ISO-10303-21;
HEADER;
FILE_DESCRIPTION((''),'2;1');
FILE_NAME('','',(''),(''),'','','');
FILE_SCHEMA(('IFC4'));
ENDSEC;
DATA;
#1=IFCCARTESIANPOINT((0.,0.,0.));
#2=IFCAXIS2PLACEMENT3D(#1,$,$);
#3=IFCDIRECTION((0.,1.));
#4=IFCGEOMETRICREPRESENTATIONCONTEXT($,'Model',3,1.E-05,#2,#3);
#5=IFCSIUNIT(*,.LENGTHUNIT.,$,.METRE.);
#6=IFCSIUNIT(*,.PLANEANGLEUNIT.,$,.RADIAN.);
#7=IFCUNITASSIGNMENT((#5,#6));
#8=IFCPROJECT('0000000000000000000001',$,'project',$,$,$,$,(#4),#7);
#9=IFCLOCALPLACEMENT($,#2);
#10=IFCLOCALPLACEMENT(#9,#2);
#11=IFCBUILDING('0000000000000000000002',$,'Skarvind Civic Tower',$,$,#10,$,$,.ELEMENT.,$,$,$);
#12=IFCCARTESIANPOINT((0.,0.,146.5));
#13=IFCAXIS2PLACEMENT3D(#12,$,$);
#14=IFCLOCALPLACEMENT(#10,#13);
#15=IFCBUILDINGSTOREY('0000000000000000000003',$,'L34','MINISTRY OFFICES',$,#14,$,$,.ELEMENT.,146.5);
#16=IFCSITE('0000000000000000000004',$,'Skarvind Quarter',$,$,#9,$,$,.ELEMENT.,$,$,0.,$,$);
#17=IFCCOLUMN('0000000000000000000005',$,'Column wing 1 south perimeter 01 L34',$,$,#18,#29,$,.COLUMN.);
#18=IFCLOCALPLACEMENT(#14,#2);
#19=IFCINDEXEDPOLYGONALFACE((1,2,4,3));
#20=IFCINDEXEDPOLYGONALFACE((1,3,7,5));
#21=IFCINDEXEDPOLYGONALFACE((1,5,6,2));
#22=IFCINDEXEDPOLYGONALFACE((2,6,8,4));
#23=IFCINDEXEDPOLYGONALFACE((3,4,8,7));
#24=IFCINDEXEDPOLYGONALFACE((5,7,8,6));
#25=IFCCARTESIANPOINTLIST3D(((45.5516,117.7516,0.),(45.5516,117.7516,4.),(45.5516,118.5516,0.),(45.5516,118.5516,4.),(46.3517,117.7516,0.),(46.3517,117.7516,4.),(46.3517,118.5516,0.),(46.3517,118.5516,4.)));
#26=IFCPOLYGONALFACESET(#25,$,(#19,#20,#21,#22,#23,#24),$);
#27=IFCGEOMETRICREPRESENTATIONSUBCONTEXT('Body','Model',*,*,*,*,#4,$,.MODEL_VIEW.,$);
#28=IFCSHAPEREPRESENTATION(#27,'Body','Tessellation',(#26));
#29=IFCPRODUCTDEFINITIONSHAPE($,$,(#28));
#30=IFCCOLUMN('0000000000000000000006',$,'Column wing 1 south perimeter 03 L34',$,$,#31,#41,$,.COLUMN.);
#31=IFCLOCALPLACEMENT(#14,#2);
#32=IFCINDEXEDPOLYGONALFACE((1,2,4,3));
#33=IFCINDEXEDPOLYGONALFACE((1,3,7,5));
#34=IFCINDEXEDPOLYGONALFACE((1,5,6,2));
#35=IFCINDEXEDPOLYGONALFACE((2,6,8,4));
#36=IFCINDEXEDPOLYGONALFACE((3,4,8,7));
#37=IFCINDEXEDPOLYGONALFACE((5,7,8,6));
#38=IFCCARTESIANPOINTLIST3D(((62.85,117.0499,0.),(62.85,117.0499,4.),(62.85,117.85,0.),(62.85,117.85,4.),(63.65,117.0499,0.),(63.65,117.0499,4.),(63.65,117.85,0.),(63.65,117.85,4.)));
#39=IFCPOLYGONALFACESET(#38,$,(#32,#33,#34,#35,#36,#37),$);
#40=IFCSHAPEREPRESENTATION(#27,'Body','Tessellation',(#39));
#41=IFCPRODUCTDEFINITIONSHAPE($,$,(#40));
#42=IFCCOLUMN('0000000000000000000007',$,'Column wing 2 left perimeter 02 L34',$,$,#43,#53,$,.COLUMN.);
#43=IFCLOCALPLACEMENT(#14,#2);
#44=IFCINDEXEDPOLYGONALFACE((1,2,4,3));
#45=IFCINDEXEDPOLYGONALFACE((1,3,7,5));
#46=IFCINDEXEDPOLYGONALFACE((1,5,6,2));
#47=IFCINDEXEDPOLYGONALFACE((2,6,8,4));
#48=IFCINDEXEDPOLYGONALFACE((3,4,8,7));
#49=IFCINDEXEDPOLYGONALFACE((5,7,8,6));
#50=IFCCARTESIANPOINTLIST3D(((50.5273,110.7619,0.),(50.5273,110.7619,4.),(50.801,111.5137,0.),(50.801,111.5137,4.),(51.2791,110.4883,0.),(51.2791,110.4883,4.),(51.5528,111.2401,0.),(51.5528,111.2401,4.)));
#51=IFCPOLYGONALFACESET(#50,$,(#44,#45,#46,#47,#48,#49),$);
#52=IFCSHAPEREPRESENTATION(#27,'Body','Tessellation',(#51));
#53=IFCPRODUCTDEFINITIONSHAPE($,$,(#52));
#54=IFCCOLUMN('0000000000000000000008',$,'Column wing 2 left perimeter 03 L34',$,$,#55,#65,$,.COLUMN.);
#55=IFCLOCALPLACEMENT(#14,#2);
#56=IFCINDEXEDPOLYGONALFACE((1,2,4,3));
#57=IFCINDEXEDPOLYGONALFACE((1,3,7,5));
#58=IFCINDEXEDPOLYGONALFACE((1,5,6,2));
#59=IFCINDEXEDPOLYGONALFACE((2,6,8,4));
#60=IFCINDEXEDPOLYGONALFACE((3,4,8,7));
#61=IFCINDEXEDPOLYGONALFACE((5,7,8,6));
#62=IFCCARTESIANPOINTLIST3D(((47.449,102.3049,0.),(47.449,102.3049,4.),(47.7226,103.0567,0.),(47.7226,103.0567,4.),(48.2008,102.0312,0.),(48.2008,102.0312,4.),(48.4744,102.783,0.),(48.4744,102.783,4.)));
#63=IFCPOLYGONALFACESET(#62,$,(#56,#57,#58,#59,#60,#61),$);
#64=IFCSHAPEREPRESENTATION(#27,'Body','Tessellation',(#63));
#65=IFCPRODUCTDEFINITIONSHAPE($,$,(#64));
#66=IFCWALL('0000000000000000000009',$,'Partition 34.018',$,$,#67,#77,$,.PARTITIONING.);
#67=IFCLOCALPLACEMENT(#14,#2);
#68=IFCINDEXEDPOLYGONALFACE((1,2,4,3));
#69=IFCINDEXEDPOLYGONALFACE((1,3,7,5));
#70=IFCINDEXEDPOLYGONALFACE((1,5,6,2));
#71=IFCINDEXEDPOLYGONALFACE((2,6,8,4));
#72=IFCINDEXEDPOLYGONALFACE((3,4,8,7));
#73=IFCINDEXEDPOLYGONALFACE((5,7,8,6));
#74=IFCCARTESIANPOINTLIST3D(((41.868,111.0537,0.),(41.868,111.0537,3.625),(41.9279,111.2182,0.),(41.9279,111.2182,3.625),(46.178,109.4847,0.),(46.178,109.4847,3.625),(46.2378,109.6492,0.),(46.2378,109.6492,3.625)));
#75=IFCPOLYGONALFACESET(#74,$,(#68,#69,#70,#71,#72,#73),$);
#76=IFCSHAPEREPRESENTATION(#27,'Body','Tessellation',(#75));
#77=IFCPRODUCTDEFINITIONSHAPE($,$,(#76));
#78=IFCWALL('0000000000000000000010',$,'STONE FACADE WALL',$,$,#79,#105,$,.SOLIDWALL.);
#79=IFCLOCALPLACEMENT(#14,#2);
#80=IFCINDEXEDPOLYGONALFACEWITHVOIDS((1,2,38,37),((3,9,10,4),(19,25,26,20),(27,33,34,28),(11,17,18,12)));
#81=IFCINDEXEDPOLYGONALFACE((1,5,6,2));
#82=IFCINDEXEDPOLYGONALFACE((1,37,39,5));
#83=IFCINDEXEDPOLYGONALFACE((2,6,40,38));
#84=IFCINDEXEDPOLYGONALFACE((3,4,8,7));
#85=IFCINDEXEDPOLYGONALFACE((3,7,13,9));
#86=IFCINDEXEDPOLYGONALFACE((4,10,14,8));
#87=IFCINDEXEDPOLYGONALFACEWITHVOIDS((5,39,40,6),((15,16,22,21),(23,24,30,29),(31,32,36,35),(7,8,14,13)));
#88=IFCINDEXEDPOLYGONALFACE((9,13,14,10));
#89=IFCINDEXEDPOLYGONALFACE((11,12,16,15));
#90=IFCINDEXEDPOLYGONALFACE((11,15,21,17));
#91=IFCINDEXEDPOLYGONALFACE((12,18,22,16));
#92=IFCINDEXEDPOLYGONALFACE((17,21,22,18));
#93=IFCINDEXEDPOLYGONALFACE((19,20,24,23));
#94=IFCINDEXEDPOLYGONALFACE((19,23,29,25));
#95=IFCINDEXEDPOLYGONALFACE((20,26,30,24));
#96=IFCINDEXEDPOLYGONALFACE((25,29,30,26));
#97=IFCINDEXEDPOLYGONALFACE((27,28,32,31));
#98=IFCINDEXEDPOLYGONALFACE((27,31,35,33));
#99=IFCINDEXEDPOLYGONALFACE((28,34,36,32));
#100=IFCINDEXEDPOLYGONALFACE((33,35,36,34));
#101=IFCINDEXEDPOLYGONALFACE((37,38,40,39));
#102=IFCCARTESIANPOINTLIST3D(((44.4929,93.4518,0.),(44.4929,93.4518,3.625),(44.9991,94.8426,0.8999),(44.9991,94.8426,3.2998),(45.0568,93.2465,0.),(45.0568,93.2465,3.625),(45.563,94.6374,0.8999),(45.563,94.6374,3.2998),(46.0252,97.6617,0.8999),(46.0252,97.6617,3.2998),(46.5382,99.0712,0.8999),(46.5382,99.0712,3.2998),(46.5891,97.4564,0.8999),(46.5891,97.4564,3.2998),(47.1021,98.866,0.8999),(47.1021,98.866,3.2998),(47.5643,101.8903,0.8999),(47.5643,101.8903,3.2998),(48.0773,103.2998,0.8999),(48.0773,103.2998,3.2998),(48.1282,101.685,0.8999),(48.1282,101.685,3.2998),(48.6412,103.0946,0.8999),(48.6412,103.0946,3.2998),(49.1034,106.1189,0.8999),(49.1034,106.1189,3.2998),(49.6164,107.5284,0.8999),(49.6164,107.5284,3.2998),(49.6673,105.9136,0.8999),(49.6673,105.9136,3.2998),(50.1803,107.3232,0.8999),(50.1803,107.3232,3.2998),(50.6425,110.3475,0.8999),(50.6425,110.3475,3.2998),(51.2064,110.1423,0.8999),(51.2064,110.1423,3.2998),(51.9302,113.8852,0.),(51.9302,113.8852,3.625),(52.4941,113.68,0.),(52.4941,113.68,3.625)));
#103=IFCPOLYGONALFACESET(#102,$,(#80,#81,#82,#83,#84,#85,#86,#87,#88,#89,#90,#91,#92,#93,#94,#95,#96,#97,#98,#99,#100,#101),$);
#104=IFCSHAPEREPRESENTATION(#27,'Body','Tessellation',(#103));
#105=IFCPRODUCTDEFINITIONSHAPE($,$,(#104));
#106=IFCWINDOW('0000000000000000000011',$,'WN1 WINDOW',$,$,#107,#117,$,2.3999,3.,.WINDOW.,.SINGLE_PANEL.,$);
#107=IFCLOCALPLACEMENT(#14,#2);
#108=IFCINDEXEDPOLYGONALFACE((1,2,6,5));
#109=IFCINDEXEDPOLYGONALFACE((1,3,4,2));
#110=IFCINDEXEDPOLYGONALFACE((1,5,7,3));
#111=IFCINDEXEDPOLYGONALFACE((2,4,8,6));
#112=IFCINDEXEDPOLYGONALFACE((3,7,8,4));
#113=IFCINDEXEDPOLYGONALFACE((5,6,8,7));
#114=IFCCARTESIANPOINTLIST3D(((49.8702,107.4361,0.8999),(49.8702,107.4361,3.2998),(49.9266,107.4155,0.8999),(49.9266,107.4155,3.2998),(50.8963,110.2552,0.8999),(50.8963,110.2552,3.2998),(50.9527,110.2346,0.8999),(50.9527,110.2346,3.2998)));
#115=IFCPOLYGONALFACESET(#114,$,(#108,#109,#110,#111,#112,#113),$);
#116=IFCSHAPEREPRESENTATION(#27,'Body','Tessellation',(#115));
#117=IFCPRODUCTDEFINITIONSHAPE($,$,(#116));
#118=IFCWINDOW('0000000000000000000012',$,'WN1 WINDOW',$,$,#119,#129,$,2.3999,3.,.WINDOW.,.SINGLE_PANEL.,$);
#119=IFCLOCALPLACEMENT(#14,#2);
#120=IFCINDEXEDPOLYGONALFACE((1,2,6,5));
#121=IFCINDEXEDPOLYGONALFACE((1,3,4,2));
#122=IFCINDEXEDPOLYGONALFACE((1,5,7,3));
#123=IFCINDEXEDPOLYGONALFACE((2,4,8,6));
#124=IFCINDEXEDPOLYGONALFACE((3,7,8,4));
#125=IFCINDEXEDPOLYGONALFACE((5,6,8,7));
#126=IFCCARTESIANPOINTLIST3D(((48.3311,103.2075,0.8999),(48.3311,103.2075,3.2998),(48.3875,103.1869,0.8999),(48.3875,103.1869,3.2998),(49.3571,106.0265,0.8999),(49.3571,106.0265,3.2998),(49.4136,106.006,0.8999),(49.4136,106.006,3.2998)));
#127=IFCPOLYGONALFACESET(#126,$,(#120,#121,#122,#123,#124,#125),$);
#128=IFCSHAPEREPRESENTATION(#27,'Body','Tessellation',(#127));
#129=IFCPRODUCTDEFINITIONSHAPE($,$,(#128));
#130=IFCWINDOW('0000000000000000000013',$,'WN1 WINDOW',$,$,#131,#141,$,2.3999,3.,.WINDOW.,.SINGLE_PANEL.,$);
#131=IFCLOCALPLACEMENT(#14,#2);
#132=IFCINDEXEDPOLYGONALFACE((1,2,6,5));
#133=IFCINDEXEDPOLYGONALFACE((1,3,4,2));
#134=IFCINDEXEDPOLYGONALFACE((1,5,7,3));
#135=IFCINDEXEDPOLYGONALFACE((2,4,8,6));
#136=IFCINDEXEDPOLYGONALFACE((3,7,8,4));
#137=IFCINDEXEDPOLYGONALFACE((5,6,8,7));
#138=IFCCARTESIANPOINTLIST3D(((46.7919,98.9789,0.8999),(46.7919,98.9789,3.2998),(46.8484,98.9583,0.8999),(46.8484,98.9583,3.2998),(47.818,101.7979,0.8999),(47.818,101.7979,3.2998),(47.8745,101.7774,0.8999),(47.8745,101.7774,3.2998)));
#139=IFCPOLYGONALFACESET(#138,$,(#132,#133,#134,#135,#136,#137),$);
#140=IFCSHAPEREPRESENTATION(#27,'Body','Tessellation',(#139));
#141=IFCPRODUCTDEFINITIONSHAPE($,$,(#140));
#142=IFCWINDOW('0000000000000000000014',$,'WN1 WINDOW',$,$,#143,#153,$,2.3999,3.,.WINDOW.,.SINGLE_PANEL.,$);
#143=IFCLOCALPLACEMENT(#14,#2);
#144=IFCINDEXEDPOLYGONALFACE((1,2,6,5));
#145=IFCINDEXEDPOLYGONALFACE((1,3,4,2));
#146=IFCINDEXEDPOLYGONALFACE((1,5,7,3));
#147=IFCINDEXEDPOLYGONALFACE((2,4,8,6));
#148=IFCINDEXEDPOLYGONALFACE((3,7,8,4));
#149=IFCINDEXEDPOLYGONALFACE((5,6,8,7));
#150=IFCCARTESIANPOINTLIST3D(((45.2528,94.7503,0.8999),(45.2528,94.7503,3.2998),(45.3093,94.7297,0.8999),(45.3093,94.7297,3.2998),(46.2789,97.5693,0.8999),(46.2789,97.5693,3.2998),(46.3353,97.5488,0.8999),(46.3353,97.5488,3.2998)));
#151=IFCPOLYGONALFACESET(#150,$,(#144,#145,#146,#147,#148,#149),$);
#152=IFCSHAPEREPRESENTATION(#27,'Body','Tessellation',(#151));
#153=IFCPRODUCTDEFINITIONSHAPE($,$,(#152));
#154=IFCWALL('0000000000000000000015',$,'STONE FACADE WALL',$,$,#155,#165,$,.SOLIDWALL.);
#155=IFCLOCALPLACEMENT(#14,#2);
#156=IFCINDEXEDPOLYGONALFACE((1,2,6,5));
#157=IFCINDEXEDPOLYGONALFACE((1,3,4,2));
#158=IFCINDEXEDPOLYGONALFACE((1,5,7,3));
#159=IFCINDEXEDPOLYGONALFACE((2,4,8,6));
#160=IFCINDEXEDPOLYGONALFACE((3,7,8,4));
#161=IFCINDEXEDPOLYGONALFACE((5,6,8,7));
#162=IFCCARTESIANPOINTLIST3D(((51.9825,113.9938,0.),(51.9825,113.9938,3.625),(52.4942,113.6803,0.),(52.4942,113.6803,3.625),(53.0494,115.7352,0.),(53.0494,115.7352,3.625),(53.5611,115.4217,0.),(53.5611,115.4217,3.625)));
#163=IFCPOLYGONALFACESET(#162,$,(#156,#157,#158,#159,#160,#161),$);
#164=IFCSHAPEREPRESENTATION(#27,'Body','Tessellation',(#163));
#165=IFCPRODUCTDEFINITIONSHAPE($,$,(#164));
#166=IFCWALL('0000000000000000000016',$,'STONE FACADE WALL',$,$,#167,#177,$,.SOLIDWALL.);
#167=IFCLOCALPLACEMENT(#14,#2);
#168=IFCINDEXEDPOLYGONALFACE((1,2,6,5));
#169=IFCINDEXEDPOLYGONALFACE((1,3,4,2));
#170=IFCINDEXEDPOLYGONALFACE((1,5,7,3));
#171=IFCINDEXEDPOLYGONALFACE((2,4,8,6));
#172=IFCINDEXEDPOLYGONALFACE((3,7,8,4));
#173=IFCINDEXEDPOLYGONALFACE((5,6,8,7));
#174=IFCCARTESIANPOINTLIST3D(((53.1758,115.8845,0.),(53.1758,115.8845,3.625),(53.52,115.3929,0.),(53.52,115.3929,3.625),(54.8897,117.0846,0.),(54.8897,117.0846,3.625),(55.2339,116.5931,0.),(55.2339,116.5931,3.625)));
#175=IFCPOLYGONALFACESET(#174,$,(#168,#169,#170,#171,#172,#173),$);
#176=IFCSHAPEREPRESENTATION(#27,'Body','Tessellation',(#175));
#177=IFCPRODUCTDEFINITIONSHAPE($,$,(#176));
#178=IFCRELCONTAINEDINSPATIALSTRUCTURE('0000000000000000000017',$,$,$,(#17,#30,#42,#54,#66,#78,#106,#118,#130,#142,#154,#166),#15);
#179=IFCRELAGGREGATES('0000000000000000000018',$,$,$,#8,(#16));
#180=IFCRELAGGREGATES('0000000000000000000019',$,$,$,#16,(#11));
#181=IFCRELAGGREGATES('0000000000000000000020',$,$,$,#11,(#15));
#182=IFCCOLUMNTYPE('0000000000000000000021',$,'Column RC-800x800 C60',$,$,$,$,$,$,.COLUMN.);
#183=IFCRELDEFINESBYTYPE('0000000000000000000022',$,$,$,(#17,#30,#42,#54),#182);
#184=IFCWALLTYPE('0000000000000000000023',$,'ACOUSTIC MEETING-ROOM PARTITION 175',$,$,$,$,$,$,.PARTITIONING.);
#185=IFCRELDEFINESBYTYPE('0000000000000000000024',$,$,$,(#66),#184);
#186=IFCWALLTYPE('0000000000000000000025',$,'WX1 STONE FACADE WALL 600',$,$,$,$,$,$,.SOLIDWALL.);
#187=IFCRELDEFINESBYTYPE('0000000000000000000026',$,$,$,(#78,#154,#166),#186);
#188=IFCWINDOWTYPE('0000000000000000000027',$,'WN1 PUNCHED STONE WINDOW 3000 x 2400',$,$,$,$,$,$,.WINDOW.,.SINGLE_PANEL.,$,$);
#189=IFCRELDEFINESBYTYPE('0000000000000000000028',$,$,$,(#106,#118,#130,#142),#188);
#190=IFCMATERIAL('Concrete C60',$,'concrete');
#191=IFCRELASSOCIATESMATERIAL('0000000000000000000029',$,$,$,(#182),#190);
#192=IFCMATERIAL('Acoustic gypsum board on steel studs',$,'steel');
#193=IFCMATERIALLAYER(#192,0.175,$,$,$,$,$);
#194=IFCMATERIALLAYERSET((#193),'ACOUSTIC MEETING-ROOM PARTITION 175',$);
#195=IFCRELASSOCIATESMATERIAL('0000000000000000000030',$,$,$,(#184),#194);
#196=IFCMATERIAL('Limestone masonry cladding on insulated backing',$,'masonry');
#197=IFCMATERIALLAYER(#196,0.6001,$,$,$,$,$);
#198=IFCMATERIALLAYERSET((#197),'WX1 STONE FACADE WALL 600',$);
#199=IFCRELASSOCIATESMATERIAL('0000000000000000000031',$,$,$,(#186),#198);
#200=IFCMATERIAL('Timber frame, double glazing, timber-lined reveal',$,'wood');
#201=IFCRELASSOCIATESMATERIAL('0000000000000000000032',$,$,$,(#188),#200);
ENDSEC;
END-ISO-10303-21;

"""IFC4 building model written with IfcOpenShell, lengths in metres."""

from ifc_helpers import new_model, si_unit, direction, frame, frame_2d, origin, origin_2d, place, context, subcontext, project, spatial, rectangle, extrude, material, layer, layer_set, material_profile, profile_set, type_object, element, fill, save


model = new_model("IFC4")

# Units and contexts
model_context = context("Model", 3, precision=1e-05, world=origin(), true_north=direction((0.0, 1.0)))
body_context = subcontext(model_context, "Body", "Model", "MODEL_VIEW")
ifc_project = project(units=[si_unit("LENGTHUNIT", "METRE"), si_unit("PLANEANGLEUNIT", "RADIAN")], contexts=[model_context])

# Site, building, storey
site_placement = place(None, origin())
site = spatial("IfcSite", under=ifc_project, at=site_placement, Name="Skarvind Quarter", CompositionType="ELEMENT", RefElevation=0.0)
building_placement = place(site_placement, origin())
building = spatial("IfcBuilding", under=site, at=building_placement, Name="Skarvind Civic Tower", CompositionType="ELEMENT")
storey_placement = place(building_placement, frame((0.0, 0.0, 146.5)))
storey = spatial("IfcBuildingStorey", under=building, at=storey_placement, Name="L34", Description="MINISTRY OFFICES", CompositionType="ELEMENT", Elevation=146.5)

# Columns
ifc_material_1 = material(Name="Concrete C60", Category="concrete")
ifc_material_profile_1 = material_profile(ifc_material_1, rectangle(XDim=0.8, YDim=0.8, at=origin_2d()), Name="RC-800x800")
ifc_profile_set_1 = profile_set([ifc_material_profile_1], Name="Concrete C60")
column_type = type_object("IfcColumnType", Name="Column RC-800x800 C60", PredefinedType="COLUMN", material=ifc_profile_set_1)
for number, where, z_axis, x_axis, name in (
    (1, (45.9517, 118.1516, 0.0), (0.0, 0.0, 1.0), (1.0, 0.0, 0.0), "Column wing 1 south perimeter 01 L34"),
    (2, (63.25, 117.45, 0.0), (0.0, 0.0, 1.0), (1.0, 0.0, 0.0), "Column wing 1 south perimeter 03 L34"),
    (3, (51.04, 111.001, 0.0), (0.0, 0.0, 1.0), (-0.34202, -0.939693, 0.0), "Column wing 2 left perimeter 02 L34"),
    (4, (47.9617, 102.5439, 0.0), (0.0, 0.0, 1.0), (-0.34202, -0.939693, 0.0), "Column wing 2 left perimeter 03 L34"),
):
    element("IfcColumn", number, at=place(storey_placement, frame(where, z_axis=z_axis, x_axis=x_axis)), inside=storey, type_object=column_type, Name=name, PredefinedType="COLUMN", context=body_context, shape_type="SweptSolid", body=[
        extrude(rectangle(XDim=0.8, YDim=0.8, at=origin_2d()), origin(), (0.0, 0.0, 1.0), 4.0),
    ])

# Wall
ifc_material_2 = material(Name="Acoustic gypsum board on steel studs", Category="steel")
ifc_layer_1 = layer(ifc_material_2, 0.175)
ifc_layer_set_1 = layer_set([ifc_layer_1], Name="ACOUSTIC MEETING-ROOM PARTITION 175")
wall_type_1 = type_object("IfcWallType", Name="ACOUSTIC MEETING-ROOM PARTITION 175", PredefinedType="PARTITIONING", material=ifc_layer_set_1)
wall_1_placement = place(storey_placement, frame((46.208, 109.5669, 0.0), z_axis=(0.0, 0.0, 1.0), x_axis=(-0.939667, 0.342089, 0.0)))
element("IfcWall", 5, at=wall_1_placement, inside=storey, type_object=wall_type_1, Name="Partition 34.018", PredefinedType="PARTITIONING", context=body_context, shape_type="SweptSolid", body=[
    extrude(rectangle(XDim=4.5867, YDim=0.175, at=frame_2d((2.2935, 0.0))), origin(), (0.0, 0.0, 1.0), 3.625),
])

# Wall, openings, windows
ifc_material_3 = material(Name="Limestone masonry cladding on insulated backing", Category="masonry")
ifc_layer_2 = layer(ifc_material_3, 0.6001)
ifc_layer_set_2 = layer_set([ifc_layer_2], Name="WX1 STONE FACADE WALL 600")
wall_type_2 = type_object("IfcWallType", Name="WX1 STONE FACADE WALL 600", PredefinedType="SOLIDWALL", material=ifc_layer_set_2)
wall_2_placement = place(storey_placement, frame((52.2122, 113.7827, 0.0), z_axis=(0.0, 0.0, 1.0), x_axis=(-0.342025, -0.939691, 0.0)))
wall_2 = element("IfcWall", 6, at=wall_2_placement, inside=storey, type_object=wall_type_2, Name="STONE FACADE WALL", PredefinedType="SOLIDWALL", context=body_context, shape_type="SweptSolid", body=[
    extrude(rectangle(XDim=21.7449, YDim=0.6001, at=frame_2d((10.8726, 0.0))), origin(), (0.0, 0.0, 1.0), 3.625),
])
opening_1_placement = place(wall_2_placement, frame((3.7649, 0.0, 0.8999)))
opening_1 = element("IfcOpeningElement", 7, at=opening_1_placement, cuts=wall_2, PredefinedType="OPENING", context=body_context, shape_type="SweptSolid", body=[
    extrude(rectangle(XDim=3.0, YDim=2.3999, at=frame_2d((1.5, 1.2))), frame((0.0, 0.3101, 0.0), z_axis=(0.0, -1.0, 0.0), x_axis=(1.0, 0.0, 0.0)), (0.0, 0.0, 1.0), 0.6201),
])
opening_2_placement = place(wall_2_placement, frame((8.2649, 0.0, 0.8999)))
opening_2 = element("IfcOpeningElement", 8, at=opening_2_placement, cuts=wall_2, PredefinedType="OPENING", context=body_context, shape_type="SweptSolid", body=[
    extrude(rectangle(XDim=3.0, YDim=2.3999, at=frame_2d((1.5, 1.2))), frame((0.0, 0.3101, 0.0), z_axis=(0.0, -1.0, 0.0), x_axis=(1.0, 0.0, 0.0)), (0.0, 0.0, 1.0), 0.6201),
])
opening_3_placement = place(wall_2_placement, frame((12.7649, 0.0, 0.8999)))
opening_3 = element("IfcOpeningElement", 9, at=opening_3_placement, cuts=wall_2, PredefinedType="OPENING", context=body_context, shape_type="SweptSolid", body=[
    extrude(rectangle(XDim=3.0, YDim=2.3999, at=frame_2d((1.5, 1.2))), frame((0.0, 0.3101, 0.0), z_axis=(0.0, -1.0, 0.0), x_axis=(1.0, 0.0, 0.0)), (0.0, 0.0, 1.0), 0.6201),
])
opening_4_placement = place(wall_2_placement, frame((17.2649, 0.0, 0.8999)))
opening_4 = element("IfcOpeningElement", 10, at=opening_4_placement, cuts=wall_2, PredefinedType="OPENING", context=body_context, shape_type="SweptSolid", body=[
    extrude(rectangle(XDim=3.0, YDim=2.3999, at=frame_2d((1.5, 1.2))), frame((0.0, 0.3101, 0.0), z_axis=(0.0, -1.0, 0.0), x_axis=(1.0, 0.0, 0.0)), (0.0, 0.0, 1.0), 0.6201),
])
ifc_material_4 = material(Name="Timber frame, double glazing, timber-lined reveal", Category="wood")
window_type = type_object("IfcWindowType", Name="WN1 PUNCHED STONE WINDOW 3000 x 2400", PartitioningType="SINGLE_PANEL", PredefinedType="WINDOW", material=ifc_material_4)
window_1_placement = place(opening_1_placement, origin())
window_1 = element("IfcWindow", 11, at=window_1_placement, inside=storey, type_object=window_type, Name="WN1 WINDOW", OverallHeight=2.3999, OverallWidth=3.0, PartitioningType="SINGLE_PANEL", PredefinedType="WINDOW", context=body_context, shape_type="SweptSolid", body=[
    extrude(rectangle(XDim=3.0, YDim=2.3999, at=frame_2d((1.5, 1.2))), frame((0.0, 0.03, 0.0), z_axis=(0.0, -1.0, 0.0), x_axis=(1.0, 0.0, 0.0)), (0.0, 0.0, 1.0), 0.0601),
])
fill(opening_1, window_1)
window_2_placement = place(opening_2_placement, origin())
window_2 = element("IfcWindow", 12, at=window_2_placement, inside=storey, type_object=window_type, Name="WN1 WINDOW", OverallHeight=2.3999, OverallWidth=3.0, PartitioningType="SINGLE_PANEL", PredefinedType="WINDOW", context=body_context, shape_type="SweptSolid", body=[
    extrude(rectangle(XDim=3.0, YDim=2.3999, at=frame_2d((1.5, 1.2))), frame((0.0, 0.03, 0.0), z_axis=(0.0, -1.0, 0.0), x_axis=(1.0, 0.0, 0.0)), (0.0, 0.0, 1.0), 0.0601),
])
fill(opening_2, window_2)
window_3_placement = place(opening_3_placement, origin())
window_3 = element("IfcWindow", 13, at=window_3_placement, inside=storey, type_object=window_type, Name="WN1 WINDOW", OverallHeight=2.3999, OverallWidth=3.0, PartitioningType="SINGLE_PANEL", PredefinedType="WINDOW", context=body_context, shape_type="SweptSolid", body=[
    extrude(rectangle(XDim=3.0, YDim=2.3999, at=frame_2d((1.5, 1.2))), frame((0.0, 0.03, 0.0), z_axis=(0.0, -1.0, 0.0), x_axis=(1.0, 0.0, 0.0)), (0.0, 0.0, 1.0), 0.0601),
])
fill(opening_3, window_3)
window_4_placement = place(opening_4_placement, origin())
window_4 = element("IfcWindow", 14, at=window_4_placement, inside=storey, type_object=window_type, Name="WN1 WINDOW", OverallHeight=2.3999, OverallWidth=3.0, PartitioningType="SINGLE_PANEL", PredefinedType="WINDOW", context=body_context, shape_type="SweptSolid", body=[
    extrude(rectangle(XDim=3.0, YDim=2.3999, at=frame_2d((1.5, 1.2))), frame((0.0, 0.03, 0.0), z_axis=(0.0, -1.0, 0.0), x_axis=(1.0, 0.0, 0.0)), (0.0, 0.0, 1.0), 0.0601),
])
fill(opening_4, window_4)

# Walls
wall_3_placement = place(storey_placement, frame((53.3052, 115.5784, 0.0), z_axis=(0.0, 0.0, 1.0), x_axis=(-0.522402, -0.852699, 0.0)))
element("IfcWall", 15, at=wall_3_placement, inside=storey, type_object=wall_type_2, Name="STONE FACADE WALL", PredefinedType="SOLIDWALL", context=body_context, shape_type="SweptSolid", body=[
    extrude(rectangle(XDim=2.0422, YDim=0.6001, at=frame_2d((1.021, 0.0))), origin(), (0.0, 0.0, 1.0), 3.625),
])
for number, where, z_axis, x_axis, name in (
    (16, (55.0618, 116.8389, 0.0), (0.0, 0.0, 1.0), (-0.819122, -0.573619, 0.0), "STONE FACADE WALL"),
):
    element("IfcWall", number, at=place(storey_placement, frame(where, z_axis=z_axis, x_axis=x_axis)), inside=storey, type_object=wall_type_2, Name=name, PredefinedType="SOLIDWALL", context=body_context, shape_type="SweptSolid", body=[
        extrude(rectangle(XDim=2.0923, YDim=0.6001, at=frame_2d((1.0461, 0.0))), origin(), (0.0, 0.0, 1.0), 3.625),
    ])

save(model, "model.ifc")
